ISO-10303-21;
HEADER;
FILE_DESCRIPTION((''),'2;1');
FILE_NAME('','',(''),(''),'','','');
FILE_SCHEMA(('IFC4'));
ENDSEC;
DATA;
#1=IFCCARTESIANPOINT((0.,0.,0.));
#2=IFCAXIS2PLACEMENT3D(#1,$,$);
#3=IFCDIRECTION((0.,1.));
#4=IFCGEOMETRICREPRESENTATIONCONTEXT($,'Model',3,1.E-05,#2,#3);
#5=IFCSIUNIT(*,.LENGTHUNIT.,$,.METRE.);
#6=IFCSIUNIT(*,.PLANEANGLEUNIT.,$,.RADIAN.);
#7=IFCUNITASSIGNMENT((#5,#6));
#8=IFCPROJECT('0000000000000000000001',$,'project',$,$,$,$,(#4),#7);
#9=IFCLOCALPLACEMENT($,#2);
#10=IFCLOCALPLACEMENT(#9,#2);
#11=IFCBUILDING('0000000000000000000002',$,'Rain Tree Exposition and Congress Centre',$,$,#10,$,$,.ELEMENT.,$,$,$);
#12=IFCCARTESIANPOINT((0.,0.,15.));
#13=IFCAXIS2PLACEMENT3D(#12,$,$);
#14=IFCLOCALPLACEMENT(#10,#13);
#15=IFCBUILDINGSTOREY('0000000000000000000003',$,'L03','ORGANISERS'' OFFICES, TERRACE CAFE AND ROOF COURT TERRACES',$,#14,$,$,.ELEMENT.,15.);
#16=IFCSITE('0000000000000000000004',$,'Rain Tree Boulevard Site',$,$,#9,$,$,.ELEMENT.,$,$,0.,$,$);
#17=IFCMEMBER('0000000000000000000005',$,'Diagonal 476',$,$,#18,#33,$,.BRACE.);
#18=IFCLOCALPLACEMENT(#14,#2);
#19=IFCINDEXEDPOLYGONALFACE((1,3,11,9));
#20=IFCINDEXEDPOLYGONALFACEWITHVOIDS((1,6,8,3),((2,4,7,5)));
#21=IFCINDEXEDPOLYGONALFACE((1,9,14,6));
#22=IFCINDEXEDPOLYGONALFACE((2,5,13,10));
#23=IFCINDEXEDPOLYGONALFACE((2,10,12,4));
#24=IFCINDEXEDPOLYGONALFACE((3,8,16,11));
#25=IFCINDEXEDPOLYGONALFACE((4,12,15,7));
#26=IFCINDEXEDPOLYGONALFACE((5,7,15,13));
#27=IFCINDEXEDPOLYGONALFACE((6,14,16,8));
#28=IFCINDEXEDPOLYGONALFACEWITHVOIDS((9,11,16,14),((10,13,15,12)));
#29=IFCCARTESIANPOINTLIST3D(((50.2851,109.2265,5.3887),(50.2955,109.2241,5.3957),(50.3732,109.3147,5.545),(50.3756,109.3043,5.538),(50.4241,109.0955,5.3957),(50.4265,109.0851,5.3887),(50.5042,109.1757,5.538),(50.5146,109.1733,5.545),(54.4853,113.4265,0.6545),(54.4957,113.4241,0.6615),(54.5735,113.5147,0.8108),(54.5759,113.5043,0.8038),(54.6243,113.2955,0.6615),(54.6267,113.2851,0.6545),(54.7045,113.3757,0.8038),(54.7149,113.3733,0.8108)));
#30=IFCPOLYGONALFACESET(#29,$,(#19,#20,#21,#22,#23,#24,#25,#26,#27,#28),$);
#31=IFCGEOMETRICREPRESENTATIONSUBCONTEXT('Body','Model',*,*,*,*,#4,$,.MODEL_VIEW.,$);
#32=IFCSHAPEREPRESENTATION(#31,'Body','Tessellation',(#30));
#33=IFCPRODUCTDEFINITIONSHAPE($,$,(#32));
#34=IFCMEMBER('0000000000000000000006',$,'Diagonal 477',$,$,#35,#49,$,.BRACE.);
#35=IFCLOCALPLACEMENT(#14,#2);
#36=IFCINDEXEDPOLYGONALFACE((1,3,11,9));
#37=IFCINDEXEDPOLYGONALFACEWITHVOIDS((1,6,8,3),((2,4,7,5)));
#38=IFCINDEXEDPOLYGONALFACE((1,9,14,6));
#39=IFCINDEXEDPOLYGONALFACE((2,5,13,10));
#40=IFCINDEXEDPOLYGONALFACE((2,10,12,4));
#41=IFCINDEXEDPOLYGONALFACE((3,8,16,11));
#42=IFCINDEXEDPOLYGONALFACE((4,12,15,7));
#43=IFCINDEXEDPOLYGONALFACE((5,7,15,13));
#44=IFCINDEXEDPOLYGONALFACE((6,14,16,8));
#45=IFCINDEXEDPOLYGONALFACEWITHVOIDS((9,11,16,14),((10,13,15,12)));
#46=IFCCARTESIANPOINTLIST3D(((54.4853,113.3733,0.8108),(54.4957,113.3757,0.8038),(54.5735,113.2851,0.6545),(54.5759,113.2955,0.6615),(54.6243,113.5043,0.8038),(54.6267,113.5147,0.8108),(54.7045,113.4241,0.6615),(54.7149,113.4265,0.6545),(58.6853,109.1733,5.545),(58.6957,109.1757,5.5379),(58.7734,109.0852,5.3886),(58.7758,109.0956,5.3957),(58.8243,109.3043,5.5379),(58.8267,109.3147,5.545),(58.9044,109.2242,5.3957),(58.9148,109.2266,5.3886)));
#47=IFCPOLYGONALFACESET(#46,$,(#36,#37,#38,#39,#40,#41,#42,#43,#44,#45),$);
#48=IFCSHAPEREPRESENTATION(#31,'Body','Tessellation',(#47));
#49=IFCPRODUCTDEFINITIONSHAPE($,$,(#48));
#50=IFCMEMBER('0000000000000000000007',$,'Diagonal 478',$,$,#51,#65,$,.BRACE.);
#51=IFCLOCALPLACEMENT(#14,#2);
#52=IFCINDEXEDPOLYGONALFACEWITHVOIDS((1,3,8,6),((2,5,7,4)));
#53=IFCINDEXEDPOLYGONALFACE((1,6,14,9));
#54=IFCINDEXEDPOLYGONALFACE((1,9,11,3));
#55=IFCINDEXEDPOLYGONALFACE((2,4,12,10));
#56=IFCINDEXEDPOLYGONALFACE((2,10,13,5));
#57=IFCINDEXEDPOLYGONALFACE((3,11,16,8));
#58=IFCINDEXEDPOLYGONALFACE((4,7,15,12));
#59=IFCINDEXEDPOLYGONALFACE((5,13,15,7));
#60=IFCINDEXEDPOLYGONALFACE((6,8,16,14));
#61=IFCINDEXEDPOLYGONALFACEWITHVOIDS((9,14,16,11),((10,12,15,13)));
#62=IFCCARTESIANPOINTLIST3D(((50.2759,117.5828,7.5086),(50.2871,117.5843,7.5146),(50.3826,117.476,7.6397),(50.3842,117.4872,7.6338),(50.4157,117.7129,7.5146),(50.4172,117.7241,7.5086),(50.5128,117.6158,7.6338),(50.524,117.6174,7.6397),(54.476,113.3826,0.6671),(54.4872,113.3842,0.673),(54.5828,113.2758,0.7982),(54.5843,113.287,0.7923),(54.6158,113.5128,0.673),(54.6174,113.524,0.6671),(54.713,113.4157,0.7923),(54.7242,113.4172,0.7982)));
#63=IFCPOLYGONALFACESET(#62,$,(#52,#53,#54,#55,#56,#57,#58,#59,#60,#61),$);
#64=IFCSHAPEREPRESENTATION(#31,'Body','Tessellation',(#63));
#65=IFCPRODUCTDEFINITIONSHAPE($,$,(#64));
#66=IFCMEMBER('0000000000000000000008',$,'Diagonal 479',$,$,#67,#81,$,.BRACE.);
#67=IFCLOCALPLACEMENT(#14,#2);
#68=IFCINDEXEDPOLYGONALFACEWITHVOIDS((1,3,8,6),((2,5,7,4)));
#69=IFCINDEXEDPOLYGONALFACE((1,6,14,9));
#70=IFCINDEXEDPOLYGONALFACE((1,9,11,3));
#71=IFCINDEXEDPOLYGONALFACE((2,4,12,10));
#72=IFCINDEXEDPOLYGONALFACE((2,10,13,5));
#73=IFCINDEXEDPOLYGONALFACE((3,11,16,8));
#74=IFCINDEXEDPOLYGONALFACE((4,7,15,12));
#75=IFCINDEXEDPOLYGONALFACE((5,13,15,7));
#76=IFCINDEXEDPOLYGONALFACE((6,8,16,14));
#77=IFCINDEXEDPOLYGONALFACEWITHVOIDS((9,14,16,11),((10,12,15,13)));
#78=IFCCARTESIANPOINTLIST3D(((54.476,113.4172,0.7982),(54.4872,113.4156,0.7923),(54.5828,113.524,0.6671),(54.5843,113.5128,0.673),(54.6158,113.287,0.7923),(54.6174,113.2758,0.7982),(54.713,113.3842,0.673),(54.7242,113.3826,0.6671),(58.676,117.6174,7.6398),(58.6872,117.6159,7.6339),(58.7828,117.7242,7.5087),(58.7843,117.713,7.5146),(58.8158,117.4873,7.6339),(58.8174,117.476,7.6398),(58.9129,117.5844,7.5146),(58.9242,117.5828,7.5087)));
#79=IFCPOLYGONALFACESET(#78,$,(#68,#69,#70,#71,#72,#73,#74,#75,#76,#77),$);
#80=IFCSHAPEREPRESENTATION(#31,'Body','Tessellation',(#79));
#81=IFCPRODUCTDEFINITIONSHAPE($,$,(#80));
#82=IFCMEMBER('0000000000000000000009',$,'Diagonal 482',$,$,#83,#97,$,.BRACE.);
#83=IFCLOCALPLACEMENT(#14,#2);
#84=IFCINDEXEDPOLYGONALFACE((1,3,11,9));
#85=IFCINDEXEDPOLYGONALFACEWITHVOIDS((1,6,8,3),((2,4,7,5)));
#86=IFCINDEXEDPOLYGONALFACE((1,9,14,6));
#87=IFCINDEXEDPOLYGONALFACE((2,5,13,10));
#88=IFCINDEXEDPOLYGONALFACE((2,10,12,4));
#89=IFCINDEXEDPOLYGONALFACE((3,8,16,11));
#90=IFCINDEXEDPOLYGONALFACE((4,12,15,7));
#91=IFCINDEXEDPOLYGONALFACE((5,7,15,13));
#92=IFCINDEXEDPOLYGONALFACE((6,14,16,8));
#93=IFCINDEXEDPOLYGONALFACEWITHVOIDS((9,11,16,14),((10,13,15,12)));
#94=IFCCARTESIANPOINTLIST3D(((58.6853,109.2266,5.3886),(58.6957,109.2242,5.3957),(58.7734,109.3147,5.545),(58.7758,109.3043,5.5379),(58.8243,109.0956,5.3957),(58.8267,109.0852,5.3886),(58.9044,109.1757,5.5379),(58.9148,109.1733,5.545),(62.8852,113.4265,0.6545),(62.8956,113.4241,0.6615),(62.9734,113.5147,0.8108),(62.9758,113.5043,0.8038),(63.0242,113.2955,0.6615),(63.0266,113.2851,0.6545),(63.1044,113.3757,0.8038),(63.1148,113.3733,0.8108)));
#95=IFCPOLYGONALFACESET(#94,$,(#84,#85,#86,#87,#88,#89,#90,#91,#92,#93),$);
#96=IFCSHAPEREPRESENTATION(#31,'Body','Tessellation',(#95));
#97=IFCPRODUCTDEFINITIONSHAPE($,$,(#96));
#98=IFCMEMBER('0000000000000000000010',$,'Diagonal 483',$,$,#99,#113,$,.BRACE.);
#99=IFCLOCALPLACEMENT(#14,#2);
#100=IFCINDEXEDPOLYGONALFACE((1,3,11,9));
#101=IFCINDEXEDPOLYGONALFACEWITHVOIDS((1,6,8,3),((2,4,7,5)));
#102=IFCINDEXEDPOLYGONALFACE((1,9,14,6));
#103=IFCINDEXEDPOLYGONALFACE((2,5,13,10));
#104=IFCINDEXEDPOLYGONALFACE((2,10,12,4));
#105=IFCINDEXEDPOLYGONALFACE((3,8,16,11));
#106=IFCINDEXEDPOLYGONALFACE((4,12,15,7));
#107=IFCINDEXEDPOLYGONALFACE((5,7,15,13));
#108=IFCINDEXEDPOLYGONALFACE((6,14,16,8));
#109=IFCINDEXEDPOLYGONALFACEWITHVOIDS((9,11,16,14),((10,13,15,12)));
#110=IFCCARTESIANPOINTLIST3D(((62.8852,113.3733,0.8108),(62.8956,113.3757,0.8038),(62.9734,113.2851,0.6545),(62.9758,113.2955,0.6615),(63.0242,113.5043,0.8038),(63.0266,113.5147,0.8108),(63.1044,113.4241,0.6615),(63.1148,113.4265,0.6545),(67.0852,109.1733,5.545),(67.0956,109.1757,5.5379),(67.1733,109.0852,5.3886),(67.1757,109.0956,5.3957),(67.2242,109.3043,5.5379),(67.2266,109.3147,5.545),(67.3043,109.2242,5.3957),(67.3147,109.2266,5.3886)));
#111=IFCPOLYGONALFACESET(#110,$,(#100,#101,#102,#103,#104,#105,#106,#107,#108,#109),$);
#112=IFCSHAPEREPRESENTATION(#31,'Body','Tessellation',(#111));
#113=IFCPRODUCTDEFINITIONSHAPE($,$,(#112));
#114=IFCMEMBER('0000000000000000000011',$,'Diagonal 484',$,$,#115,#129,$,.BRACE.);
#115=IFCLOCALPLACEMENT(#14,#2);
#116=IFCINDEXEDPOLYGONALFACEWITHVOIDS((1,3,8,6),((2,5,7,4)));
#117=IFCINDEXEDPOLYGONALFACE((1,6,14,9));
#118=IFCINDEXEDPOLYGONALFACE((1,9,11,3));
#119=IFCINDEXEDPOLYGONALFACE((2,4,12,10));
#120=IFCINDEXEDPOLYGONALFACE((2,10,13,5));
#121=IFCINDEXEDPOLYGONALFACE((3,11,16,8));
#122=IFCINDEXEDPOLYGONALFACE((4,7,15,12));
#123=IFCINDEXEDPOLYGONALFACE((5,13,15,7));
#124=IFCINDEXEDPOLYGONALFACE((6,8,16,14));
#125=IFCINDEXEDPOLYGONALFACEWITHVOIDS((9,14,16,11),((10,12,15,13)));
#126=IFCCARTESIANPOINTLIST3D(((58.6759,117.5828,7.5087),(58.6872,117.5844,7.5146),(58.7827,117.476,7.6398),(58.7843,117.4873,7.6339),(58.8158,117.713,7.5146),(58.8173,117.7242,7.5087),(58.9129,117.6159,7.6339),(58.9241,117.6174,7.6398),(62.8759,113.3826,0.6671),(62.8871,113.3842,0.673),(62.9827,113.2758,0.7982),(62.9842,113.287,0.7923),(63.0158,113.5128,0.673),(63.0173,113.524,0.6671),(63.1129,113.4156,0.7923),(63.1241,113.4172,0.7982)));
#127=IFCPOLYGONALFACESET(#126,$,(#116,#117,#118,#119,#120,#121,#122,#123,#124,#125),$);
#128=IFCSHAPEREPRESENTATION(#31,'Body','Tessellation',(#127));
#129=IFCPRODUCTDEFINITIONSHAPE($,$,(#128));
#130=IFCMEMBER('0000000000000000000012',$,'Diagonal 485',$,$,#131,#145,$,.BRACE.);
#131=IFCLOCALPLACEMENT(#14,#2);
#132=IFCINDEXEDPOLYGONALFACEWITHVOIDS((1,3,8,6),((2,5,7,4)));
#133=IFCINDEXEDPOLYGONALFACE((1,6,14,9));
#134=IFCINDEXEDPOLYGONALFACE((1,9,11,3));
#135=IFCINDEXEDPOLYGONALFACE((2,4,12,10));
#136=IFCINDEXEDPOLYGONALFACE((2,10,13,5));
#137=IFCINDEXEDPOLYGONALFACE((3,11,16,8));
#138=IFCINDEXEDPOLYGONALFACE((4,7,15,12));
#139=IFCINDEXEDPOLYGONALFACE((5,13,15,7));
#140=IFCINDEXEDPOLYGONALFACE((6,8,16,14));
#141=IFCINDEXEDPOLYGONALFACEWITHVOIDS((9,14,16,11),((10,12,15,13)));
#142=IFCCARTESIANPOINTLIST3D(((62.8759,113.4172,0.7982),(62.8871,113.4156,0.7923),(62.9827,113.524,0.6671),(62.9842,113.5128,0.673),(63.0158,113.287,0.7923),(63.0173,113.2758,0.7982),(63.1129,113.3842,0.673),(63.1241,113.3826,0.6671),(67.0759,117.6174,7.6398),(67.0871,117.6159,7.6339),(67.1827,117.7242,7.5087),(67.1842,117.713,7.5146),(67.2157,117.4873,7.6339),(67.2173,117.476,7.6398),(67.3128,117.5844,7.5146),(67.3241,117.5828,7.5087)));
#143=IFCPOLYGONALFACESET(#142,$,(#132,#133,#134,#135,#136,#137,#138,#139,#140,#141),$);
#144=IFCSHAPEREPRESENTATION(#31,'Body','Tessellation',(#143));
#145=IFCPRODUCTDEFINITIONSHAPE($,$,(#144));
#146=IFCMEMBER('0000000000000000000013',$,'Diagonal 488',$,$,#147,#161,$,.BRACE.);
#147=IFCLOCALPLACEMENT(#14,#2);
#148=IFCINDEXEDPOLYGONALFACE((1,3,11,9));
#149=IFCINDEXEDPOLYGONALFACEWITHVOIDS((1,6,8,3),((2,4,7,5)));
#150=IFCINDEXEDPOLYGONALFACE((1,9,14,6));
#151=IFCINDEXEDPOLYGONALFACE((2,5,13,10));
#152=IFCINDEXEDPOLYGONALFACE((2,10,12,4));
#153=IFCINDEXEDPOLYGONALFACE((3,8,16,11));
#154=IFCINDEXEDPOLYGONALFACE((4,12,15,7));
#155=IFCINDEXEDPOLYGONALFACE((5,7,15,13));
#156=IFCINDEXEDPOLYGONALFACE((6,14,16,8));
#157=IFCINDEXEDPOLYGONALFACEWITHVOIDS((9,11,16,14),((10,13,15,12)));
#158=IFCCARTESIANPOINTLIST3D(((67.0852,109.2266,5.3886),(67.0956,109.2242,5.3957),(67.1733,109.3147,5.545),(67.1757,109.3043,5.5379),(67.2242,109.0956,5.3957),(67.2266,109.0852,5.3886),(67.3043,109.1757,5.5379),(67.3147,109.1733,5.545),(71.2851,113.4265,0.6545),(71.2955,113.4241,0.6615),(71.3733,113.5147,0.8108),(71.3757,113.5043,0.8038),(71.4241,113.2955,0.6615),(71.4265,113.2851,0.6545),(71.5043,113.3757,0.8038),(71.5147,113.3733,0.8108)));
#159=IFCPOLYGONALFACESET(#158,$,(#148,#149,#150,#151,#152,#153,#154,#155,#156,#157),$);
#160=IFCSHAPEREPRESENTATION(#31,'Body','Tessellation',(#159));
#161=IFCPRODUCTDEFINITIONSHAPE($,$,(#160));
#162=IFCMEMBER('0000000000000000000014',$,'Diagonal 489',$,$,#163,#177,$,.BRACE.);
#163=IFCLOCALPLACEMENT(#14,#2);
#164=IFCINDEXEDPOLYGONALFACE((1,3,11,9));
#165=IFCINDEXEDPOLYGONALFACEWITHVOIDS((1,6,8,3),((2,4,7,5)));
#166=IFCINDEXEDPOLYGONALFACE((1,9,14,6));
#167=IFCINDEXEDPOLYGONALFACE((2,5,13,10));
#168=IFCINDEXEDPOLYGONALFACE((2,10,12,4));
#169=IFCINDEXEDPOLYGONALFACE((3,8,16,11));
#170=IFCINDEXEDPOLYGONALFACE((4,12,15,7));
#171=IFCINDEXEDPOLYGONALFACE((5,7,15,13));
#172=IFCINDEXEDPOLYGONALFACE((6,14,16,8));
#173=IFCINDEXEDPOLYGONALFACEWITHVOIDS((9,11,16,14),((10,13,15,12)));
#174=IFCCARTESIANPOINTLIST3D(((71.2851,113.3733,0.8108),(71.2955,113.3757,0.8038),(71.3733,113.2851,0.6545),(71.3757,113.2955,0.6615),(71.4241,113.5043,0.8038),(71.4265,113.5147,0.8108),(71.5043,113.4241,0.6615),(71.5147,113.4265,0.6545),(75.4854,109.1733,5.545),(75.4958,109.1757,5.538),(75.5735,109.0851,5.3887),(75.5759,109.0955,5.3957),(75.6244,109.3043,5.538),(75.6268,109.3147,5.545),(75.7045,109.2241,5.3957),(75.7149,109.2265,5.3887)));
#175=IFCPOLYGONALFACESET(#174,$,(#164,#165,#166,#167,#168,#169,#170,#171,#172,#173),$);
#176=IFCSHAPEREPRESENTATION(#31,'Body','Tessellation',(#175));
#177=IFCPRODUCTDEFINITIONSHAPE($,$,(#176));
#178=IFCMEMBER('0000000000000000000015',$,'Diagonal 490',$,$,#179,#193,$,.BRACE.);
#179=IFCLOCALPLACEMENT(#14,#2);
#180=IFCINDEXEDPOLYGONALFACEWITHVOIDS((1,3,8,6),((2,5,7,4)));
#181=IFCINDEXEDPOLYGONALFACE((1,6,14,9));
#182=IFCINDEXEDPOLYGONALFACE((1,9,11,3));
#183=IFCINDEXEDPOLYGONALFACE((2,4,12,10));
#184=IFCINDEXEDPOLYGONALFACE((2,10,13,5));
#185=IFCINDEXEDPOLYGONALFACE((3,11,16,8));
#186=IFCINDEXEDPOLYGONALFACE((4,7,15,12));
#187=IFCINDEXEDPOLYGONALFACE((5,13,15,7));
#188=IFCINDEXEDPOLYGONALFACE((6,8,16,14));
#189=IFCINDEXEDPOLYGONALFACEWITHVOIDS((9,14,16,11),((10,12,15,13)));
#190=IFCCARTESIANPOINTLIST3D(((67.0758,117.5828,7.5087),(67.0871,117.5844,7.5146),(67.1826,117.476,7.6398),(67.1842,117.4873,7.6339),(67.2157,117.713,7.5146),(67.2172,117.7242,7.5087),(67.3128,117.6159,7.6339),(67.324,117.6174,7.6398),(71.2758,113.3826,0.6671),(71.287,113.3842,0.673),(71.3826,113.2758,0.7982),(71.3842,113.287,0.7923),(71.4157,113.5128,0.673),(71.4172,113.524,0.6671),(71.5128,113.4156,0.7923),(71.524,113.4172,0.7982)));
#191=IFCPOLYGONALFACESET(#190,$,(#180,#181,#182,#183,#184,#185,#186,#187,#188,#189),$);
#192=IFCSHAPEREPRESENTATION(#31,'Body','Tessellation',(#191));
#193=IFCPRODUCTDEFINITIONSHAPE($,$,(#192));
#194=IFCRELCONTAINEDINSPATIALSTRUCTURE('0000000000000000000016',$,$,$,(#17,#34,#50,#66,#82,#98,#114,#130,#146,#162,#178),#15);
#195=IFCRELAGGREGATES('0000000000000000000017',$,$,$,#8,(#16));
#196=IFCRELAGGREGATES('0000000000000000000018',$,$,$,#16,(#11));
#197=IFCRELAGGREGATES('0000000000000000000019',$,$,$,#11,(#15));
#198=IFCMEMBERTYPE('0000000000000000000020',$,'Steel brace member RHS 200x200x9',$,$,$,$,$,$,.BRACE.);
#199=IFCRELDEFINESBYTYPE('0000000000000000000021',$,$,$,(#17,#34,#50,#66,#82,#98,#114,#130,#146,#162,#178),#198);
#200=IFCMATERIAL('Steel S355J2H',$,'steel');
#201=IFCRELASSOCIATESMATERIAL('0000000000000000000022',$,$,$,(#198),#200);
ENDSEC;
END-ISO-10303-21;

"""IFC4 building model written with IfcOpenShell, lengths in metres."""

from ifc_helpers import new_model, si_unit, direction, frame, origin, origin_2d, place, context, subcontext, project, spatial, hollow_rectangle, extrude, material, material_profile, profile_set, type_object, element, save


model = new_model("IFC4")

# Units and contexts
model_context = context("Model", 3, precision=1e-05, world=origin(), true_north=direction((0.0, 1.0)))
body_context = subcontext(model_context, "Body", "Model", "MODEL_VIEW")
ifc_project = project(units=[si_unit("LENGTHUNIT", "METRE"), si_unit("PLANEANGLEUNIT", "RADIAN")], contexts=[model_context])

# Site, building, storey
site_placement = place(None, origin())
site = spatial("IfcSite", under=ifc_project, at=site_placement, Name="Rain Tree Boulevard Site", CompositionType="ELEMENT", RefElevation=0.0)
building_placement = place(site_placement, origin())
building = spatial("IfcBuilding", under=site, at=building_placement, Name="Rain Tree Exposition and Congress Centre", CompositionType="ELEMENT")
storey_placement = place(building_placement, frame((0.0, 0.0, 15.0)))
storey = spatial("IfcBuildingStorey", under=building, at=storey_placement, Name="L03", Description="ORGANISERS' OFFICES, TERRACE CAFE AND ROOF COURT TERRACES", CompositionType="ELEMENT", Elevation=15.0)

# Members
ifc_material_1 = material(Name="Steel S355J2H", Category="steel")
ifc_material_profile_1 = material_profile(ifc_material_1, hollow_rectangle(XDim=0.2, YDim=0.2, WallThickness=0.009, at=origin_2d()), Name="RHS 200x200x9")
ifc_profile_set_1 = profile_set([ifc_material_profile_1], Name="Steel S355J2H")
member_type_1 = type_object("IfcMemberType", Name="Steel brace member RHS 200x200x9", PredefinedType="BRACE", material=ifc_profile_set_1)
member_1_placement = place(storey_placement, frame((54.6001, 113.3999, 0.7327), z_axis=(-0.552977, -0.552945, 0.623272), x_axis=(0.707086, -0.707127, 0.0)))
element("IfcMember", 1, at=member_1_placement, inside=storey, type_object=member_type_1, Name="Diagonal 476", PredefinedType="BRACE", context=body_context, shape_type="SweptSolid", body=[
    extrude(hollow_rectangle(XDim=0.2, YDim=0.2, WallThickness=0.009, at=origin_2d()), origin(), (0.0, 0.0, 1.0), 7.5957),
])
member_2_placement = place(storey_placement, frame((54.6001, 113.3999, 0.7327), z_axis=(0.552955, -0.552955, 0.623283), x_axis=(0.707107, 0.707107, 0.0)))
element("IfcMember", 2, at=member_2_placement, inside=storey, type_object=member_type_1, Name="Diagonal 477", PredefinedType="BRACE", context=body_context, shape_type="SweptSolid", body=[
    extrude(hollow_rectangle(XDim=0.2, YDim=0.2, WallThickness=0.009, at=origin_2d()), origin(), (0.0, 0.0, 1.0), 7.5955),
])
for number, where, z_axis, x_axis, name in (
    (3, (54.6001, 113.3999, 0.7327), (-0.463579, 0.463579, 0.755108), (-0.707107, -0.707107, 0.0), "Diagonal 478"),
    (4, (54.6001, 113.3999, 0.7327), (0.463558, 0.463585, 0.755118), (-0.707127, 0.707086, 0.0), "Diagonal 479"),
):
    element("IfcMember", number, at=place(storey_placement, frame(where, z_axis=z_axis, x_axis=x_axis)), inside=storey, type_object=member_type_1, Name=name, PredefinedType="BRACE", context=body_context, shape_type="SweptSolid", body=[
        extrude(hollow_rectangle(XDim=0.2, YDim=0.2, WallThickness=0.009, at=origin_2d()), origin(), (0.0, 0.0, 1.0), 9.0603),
    ])
for number, where, z_axis, x_axis, name in (
    (5, (63.0, 113.3999, 0.7327), (-0.552955, -0.552955, 0.623283), (0.707107, -0.707107, 0.0), "Diagonal 482"),
    (6, (63.0, 113.3999, 0.7327), (0.552955, -0.552955, 0.623283), (0.707107, 0.707107, 0.0), "Diagonal 483"),
):
    element("IfcMember", number, at=place(storey_placement, frame(where, z_axis=z_axis, x_axis=x_axis)), inside=storey, type_object=member_type_1, Name=name, PredefinedType="BRACE", context=body_context, shape_type="SweptSolid", body=[
        extrude(hollow_rectangle(XDim=0.2, YDim=0.2, WallThickness=0.009, at=origin_2d()), origin(), (0.0, 0.0, 1.0), 7.5955),
    ])
for number, where, z_axis, x_axis, name in (
    (7, (63.0, 113.3999, 0.7327), (-0.463558, 0.463585, 0.755118), (-0.707127, -0.707086, 0.0), "Diagonal 484"),
    (8, (63.0, 113.3999, 0.7327), (0.463558, 0.463585, 0.755118), (-0.707127, 0.707086, 0.0), "Diagonal 485"),
):
    element("IfcMember", number, at=place(storey_placement, frame(where, z_axis=z_axis, x_axis=x_axis)), inside=storey, type_object=member_type_1, Name=name, PredefinedType="BRACE", context=body_context, shape_type="SweptSolid", body=[
        extrude(hollow_rectangle(XDim=0.2, YDim=0.2, WallThickness=0.009, at=origin_2d()), origin(), (0.0, 0.0, 1.0), 9.0603),
    ])
member_3_placement = place(storey_placement, frame((71.3999, 113.3999, 0.7327), z_axis=(-0.552955, -0.552955, 0.623283), x_axis=(0.707107, -0.707107, 0.0)))
element("IfcMember", 9, at=member_3_placement, inside=storey, type_object=member_type_1, Name="Diagonal 488", PredefinedType="BRACE", context=body_context, shape_type="SweptSolid", body=[
    extrude(hollow_rectangle(XDim=0.2, YDim=0.2, WallThickness=0.009, at=origin_2d()), origin(), (0.0, 0.0, 1.0), 7.5955),
])
member_4_placement = place(storey_placement, frame((71.3999, 113.3999, 0.7327), z_axis=(0.552977, -0.552945, 0.623272), x_axis=(0.707086, 0.707127, 0.0)))
element("IfcMember", 10, at=member_4_placement, inside=storey, type_object=member_type_1, Name="Diagonal 489", PredefinedType="BRACE", context=body_context, shape_type="SweptSolid", body=[
    extrude(hollow_rectangle(XDim=0.2, YDim=0.2, WallThickness=0.009, at=origin_2d()), origin(), (0.0, 0.0, 1.0), 7.5957),
])
member_5_placement = place(storey_placement, frame((71.3999, 113.3999, 0.7327), z_axis=(-0.463558, 0.463585, 0.755118), x_axis=(-0.707127, -0.707086, 0.0)))
element("IfcMember", 11, at=member_5_placement, inside=storey, type_object=member_type_1, Name="Diagonal 490", PredefinedType="BRACE", context=body_context, shape_type="SweptSolid", body=[
    extrude(hollow_rectangle(XDim=0.2, YDim=0.2, WallThickness=0.009, at=origin_2d()), origin(), (0.0, 0.0, 1.0), 9.0603),
])

save(model, "model.ifc")
